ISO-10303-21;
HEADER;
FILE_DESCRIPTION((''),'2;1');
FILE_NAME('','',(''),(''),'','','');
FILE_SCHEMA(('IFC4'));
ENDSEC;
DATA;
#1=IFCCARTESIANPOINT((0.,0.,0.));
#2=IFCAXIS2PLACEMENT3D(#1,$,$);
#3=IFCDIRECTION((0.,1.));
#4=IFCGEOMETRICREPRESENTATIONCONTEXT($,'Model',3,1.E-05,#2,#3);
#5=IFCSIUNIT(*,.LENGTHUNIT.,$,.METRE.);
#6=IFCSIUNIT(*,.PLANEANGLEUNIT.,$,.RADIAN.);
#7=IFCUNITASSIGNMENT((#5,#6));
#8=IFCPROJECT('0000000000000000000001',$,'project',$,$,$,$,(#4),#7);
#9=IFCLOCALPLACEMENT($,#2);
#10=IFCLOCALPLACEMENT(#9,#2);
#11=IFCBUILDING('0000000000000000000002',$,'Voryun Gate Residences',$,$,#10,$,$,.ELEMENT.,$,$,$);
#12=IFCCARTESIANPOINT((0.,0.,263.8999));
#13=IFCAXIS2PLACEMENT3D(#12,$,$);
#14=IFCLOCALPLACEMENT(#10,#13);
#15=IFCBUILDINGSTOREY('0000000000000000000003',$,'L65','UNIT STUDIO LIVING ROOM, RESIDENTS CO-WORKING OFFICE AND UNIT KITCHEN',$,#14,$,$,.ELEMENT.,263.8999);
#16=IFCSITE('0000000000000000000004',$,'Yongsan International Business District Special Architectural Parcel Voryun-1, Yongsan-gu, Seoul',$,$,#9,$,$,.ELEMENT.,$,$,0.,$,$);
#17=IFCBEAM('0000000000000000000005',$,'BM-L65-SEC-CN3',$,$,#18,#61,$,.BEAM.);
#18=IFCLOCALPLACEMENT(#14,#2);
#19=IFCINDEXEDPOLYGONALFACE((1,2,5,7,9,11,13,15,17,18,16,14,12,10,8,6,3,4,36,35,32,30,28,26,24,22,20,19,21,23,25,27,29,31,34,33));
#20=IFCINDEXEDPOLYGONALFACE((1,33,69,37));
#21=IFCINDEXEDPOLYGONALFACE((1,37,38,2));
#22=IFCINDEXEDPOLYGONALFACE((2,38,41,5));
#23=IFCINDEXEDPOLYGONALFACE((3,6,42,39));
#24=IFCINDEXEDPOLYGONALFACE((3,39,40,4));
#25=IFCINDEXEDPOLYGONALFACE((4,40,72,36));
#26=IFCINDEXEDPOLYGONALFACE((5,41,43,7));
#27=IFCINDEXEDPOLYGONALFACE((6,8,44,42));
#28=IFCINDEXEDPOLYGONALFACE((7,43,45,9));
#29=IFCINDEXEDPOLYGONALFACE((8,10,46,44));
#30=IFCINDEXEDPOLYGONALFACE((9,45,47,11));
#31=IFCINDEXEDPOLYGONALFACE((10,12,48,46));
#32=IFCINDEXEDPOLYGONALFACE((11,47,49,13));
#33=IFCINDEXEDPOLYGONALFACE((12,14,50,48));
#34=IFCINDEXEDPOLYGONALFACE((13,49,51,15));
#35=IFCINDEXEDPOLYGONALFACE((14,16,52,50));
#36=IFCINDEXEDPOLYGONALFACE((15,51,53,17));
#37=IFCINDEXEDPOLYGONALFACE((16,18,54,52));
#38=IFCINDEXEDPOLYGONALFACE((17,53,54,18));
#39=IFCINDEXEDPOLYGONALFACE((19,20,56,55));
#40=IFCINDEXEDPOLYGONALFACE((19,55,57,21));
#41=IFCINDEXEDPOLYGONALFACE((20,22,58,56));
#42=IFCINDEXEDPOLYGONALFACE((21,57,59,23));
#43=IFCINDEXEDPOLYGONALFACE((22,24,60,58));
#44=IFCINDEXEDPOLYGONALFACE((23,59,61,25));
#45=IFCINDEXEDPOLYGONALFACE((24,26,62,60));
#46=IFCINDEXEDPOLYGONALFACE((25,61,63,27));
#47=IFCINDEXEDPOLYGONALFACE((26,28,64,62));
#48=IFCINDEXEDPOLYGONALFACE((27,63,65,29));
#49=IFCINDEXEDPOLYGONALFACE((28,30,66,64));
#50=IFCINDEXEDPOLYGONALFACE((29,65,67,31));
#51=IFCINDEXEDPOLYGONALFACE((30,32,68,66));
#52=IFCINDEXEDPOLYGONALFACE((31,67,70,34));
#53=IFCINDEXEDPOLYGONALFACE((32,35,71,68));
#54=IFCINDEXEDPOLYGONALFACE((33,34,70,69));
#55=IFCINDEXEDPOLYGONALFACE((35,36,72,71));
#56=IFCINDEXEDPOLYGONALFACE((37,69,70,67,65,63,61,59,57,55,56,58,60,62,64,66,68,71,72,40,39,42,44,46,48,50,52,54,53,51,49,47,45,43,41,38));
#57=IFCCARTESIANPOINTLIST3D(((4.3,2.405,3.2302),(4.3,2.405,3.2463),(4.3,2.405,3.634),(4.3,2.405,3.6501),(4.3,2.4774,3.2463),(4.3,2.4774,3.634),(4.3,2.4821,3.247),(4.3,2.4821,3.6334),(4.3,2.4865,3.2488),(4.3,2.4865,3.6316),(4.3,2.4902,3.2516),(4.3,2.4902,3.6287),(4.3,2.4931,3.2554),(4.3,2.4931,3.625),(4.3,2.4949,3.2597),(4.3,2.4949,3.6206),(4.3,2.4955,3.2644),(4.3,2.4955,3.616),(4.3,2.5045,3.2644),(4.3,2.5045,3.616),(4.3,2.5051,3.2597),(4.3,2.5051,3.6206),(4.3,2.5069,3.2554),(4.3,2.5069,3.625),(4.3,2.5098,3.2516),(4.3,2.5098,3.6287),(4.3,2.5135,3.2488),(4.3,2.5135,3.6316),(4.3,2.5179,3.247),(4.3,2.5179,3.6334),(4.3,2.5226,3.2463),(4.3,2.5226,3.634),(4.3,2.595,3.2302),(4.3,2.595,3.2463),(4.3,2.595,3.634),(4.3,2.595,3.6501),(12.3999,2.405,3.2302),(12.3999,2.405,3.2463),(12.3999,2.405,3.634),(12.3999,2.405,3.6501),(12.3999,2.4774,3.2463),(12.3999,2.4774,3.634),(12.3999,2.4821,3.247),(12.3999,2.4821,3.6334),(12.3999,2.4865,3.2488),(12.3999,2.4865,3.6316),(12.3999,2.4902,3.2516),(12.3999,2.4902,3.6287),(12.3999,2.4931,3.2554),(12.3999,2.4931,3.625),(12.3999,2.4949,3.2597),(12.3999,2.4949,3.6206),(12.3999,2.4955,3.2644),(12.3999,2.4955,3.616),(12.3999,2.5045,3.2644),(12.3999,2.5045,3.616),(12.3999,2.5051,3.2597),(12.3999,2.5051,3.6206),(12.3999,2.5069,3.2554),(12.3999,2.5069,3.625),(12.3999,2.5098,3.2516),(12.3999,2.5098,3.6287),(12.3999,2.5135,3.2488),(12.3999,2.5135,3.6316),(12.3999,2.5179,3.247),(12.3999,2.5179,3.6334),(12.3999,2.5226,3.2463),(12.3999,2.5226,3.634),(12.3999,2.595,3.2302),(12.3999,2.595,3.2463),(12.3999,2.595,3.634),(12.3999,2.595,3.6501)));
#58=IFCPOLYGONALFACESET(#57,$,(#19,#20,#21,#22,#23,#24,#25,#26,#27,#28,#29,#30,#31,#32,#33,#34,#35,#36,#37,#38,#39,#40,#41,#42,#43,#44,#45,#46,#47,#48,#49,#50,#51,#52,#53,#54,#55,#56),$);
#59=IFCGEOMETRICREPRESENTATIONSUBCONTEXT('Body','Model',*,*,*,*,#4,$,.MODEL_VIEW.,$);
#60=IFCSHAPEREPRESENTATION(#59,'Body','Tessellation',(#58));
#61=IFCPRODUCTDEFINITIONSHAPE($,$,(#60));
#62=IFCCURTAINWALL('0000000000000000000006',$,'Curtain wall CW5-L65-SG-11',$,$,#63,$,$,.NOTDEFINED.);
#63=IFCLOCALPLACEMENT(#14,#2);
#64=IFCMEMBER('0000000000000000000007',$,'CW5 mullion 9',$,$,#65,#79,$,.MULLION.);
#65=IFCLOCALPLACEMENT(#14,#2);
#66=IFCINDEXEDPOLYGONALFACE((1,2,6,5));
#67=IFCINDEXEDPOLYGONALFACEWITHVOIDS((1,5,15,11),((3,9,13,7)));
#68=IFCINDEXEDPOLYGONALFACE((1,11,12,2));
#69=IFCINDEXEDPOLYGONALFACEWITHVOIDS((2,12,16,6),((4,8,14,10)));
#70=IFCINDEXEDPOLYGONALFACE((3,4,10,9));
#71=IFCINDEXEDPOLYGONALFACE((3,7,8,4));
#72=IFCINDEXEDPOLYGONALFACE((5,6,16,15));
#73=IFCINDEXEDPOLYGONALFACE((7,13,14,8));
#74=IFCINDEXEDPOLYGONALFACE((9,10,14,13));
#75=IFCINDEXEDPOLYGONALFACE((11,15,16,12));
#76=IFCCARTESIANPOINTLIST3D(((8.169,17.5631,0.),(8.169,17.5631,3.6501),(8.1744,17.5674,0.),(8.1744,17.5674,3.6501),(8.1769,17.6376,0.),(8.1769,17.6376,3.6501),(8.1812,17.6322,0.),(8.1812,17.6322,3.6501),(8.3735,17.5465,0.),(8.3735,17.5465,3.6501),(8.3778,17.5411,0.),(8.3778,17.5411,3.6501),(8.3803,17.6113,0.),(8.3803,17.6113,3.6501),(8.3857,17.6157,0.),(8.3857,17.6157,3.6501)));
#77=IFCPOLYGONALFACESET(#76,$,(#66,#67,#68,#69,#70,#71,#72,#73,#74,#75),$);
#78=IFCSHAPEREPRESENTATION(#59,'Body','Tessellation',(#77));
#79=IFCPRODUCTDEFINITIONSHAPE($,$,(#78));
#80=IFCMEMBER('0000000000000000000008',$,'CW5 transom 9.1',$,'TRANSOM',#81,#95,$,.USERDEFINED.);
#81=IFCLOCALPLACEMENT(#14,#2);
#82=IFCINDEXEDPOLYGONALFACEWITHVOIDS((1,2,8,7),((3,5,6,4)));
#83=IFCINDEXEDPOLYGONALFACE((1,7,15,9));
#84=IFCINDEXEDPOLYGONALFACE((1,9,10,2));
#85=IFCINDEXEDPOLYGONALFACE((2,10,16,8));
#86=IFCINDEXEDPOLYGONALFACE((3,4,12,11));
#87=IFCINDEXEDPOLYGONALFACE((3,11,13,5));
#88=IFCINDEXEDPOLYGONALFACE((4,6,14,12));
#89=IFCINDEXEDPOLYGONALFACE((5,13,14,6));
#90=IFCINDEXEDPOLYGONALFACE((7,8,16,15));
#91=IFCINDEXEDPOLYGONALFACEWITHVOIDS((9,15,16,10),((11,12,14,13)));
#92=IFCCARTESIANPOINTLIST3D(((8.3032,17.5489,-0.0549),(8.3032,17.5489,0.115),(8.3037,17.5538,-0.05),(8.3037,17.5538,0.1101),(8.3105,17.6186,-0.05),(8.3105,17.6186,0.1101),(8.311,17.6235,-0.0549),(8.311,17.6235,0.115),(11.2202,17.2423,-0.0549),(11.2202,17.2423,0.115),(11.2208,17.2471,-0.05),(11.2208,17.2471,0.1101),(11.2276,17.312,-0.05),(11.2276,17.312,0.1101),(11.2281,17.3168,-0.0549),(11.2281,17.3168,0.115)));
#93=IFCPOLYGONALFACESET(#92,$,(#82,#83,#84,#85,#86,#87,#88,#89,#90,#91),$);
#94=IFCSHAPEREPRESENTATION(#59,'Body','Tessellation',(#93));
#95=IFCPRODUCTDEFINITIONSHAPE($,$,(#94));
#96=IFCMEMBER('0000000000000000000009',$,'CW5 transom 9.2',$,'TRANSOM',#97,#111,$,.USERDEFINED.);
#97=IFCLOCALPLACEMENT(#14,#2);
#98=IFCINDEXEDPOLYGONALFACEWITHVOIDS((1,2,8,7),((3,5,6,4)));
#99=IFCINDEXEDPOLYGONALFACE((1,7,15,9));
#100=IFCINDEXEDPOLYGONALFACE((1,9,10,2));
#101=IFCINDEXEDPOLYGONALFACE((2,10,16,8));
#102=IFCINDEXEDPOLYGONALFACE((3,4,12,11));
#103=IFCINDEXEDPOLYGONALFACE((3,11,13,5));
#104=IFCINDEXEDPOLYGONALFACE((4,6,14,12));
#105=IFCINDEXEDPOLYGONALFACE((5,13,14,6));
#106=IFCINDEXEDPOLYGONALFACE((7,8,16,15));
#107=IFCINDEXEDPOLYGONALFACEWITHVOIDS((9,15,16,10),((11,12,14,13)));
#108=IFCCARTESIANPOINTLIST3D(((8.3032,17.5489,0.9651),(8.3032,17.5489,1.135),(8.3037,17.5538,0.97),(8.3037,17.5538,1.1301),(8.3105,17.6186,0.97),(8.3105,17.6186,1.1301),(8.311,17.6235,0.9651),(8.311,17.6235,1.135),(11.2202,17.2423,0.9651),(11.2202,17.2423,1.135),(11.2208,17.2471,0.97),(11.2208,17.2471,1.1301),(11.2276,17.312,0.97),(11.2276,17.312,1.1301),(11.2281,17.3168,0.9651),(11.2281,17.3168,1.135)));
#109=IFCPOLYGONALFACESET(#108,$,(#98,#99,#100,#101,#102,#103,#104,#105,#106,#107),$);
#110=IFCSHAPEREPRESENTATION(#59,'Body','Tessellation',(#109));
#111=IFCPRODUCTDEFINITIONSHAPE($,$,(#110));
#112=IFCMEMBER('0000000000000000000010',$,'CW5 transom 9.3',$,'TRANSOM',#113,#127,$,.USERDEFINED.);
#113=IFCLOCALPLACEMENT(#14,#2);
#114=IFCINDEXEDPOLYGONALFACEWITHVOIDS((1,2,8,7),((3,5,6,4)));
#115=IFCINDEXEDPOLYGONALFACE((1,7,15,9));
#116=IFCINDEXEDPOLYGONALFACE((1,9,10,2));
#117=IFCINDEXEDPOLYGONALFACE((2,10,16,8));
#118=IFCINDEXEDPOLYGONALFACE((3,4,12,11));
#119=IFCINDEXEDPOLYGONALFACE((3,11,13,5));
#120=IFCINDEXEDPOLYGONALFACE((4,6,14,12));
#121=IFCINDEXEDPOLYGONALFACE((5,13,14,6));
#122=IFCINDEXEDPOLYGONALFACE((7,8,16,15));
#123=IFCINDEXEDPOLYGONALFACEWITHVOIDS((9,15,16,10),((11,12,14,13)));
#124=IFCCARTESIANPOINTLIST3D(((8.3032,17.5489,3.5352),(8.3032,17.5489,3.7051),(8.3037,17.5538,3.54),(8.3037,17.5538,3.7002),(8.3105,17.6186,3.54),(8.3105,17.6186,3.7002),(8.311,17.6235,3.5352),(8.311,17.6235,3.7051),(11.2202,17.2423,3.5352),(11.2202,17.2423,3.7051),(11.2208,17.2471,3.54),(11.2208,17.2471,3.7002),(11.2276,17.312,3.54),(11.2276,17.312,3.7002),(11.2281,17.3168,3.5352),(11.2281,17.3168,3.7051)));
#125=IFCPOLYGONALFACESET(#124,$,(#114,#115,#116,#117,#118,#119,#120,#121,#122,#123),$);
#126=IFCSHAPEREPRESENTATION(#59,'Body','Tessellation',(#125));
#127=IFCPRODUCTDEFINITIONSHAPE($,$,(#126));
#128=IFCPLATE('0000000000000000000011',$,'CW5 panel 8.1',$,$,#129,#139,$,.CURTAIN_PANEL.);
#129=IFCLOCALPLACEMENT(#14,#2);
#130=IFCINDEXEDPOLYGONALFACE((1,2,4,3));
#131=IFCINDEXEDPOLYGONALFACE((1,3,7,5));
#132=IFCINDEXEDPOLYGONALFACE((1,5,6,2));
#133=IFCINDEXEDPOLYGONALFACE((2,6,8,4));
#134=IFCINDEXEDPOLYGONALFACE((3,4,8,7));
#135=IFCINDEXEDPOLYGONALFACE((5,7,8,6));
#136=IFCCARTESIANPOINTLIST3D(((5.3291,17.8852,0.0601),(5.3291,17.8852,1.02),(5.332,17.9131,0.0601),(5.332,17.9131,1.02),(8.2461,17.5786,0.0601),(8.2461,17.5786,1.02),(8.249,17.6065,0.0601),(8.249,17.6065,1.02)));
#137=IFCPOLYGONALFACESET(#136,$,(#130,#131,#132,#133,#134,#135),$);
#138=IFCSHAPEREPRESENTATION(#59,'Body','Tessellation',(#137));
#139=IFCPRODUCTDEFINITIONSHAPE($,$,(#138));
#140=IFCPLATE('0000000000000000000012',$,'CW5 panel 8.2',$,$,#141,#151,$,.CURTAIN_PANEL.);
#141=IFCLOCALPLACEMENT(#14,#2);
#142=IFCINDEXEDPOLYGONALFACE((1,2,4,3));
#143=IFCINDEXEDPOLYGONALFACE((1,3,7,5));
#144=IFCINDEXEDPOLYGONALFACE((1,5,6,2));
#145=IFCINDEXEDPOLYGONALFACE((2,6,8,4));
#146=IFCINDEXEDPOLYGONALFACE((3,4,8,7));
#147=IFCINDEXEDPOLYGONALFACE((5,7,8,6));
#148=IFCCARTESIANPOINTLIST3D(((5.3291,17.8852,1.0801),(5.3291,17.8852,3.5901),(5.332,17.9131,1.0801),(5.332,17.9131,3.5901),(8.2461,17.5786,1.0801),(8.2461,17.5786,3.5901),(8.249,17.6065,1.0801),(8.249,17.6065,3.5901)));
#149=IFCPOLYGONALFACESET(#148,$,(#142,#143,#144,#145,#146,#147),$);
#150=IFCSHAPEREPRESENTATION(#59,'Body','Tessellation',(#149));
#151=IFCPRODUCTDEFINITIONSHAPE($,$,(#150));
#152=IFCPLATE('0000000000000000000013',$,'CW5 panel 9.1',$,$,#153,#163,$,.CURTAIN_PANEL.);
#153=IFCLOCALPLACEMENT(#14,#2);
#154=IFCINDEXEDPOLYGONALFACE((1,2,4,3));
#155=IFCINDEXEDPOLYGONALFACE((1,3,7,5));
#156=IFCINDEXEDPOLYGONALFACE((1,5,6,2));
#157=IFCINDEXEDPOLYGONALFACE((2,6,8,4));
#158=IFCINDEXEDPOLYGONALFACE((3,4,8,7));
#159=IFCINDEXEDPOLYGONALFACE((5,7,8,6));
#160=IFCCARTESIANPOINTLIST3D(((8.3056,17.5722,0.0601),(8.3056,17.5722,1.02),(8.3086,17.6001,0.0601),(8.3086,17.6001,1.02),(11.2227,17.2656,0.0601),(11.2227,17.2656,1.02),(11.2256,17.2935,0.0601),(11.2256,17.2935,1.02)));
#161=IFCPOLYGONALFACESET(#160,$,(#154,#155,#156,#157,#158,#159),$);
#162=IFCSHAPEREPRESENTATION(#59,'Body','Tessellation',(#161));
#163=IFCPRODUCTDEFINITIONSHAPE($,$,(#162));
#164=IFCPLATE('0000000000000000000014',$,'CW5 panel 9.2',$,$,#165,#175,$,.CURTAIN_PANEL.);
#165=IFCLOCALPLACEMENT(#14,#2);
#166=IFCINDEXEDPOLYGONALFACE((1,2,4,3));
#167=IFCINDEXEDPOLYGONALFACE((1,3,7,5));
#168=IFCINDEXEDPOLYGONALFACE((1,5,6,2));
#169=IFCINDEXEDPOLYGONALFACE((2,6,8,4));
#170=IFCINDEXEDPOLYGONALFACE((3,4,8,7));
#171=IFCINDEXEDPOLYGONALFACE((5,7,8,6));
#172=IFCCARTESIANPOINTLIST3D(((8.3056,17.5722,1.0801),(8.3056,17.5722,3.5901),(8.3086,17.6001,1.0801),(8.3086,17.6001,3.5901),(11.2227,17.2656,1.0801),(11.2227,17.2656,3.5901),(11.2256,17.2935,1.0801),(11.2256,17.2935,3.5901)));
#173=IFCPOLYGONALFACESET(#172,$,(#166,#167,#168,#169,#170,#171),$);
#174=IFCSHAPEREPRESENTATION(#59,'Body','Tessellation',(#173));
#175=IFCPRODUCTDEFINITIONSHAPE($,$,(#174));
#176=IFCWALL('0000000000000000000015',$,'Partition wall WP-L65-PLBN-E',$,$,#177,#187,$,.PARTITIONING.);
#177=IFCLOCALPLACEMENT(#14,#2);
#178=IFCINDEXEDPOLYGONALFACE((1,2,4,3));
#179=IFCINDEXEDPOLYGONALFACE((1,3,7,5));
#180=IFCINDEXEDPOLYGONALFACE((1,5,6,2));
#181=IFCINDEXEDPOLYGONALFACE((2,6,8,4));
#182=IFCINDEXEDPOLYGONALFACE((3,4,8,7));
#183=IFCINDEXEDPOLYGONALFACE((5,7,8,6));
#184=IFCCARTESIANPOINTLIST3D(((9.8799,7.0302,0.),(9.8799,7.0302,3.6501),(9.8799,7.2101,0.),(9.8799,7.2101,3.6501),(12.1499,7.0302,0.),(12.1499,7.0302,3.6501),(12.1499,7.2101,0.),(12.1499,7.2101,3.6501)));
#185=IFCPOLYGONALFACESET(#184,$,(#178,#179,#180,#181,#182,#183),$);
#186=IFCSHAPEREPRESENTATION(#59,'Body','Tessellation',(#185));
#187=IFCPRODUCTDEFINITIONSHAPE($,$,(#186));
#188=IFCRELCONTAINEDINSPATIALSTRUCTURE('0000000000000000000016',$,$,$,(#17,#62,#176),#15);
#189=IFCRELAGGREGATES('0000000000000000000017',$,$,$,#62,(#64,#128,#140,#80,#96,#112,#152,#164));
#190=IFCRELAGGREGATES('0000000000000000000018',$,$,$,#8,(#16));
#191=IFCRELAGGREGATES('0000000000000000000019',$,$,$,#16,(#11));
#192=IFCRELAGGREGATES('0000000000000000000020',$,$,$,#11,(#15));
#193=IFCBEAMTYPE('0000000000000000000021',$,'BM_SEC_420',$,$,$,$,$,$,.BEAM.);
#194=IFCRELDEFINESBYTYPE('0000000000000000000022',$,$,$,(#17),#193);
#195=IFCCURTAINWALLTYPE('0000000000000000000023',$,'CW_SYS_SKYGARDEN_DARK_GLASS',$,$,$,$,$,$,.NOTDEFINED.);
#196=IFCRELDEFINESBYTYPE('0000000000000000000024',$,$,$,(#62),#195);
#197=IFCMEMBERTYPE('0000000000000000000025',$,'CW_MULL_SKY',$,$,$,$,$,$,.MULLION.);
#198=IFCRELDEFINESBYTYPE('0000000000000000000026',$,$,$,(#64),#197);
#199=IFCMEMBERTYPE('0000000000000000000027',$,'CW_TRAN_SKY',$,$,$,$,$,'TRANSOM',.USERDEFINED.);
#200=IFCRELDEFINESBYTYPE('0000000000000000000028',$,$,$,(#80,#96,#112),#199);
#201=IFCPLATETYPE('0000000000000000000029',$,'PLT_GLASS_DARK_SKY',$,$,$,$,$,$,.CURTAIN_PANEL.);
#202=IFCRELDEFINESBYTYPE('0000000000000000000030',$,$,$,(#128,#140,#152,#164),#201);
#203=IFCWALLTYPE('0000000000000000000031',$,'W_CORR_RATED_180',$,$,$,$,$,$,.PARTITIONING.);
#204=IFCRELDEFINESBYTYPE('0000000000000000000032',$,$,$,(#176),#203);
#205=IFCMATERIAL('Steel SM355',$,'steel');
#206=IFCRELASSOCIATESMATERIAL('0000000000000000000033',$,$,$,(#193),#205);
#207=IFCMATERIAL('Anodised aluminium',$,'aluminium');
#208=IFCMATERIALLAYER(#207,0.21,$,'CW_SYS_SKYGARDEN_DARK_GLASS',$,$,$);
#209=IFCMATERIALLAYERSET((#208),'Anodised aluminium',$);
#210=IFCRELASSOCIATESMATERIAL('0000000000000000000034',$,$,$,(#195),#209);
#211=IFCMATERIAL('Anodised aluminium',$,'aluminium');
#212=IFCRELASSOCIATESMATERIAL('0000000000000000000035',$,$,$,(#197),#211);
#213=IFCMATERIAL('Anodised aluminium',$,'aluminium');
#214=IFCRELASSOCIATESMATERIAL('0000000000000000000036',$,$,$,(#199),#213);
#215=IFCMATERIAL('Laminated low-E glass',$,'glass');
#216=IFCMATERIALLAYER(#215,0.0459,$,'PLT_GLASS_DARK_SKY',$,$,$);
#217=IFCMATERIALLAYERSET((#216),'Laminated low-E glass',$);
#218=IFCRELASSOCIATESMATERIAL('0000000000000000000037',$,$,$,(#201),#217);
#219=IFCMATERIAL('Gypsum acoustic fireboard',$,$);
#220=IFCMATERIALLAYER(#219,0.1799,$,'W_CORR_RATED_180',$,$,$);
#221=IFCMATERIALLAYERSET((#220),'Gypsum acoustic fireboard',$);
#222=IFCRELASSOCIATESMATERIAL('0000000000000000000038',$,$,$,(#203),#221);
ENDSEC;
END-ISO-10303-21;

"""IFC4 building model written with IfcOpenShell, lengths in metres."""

from ifc_helpers import new_model, si_unit, direction, frame, frame_2d, origin, origin_2d, place, context, subcontext, project, spatial, rectangle, hollow_rectangle, i_section, extrude, material, layer, layer_set, material_profile, profile_set, type_object, element, aggregate, save


model = new_model("IFC4")

# Units and contexts
model_context = context("Model", 3, precision=1e-05, world=origin(), true_north=direction((0.0, 1.0)))
body_context = subcontext(model_context, "Body", "Model", "MODEL_VIEW")
ifc_project = project(units=[si_unit("LENGTHUNIT", "METRE"), si_unit("PLANEANGLEUNIT", "RADIAN")], contexts=[model_context])

# Site, building, storey
site_placement = place(None, origin())
site = spatial("IfcSite", under=ifc_project, at=site_placement, Name="Yongsan International Business District Special Architectural Parcel Voryun-1, Yongsan-gu, Seoul", CompositionType="ELEMENT", RefElevation=0.0)
building_placement = place(site_placement, origin())
building = spatial("IfcBuilding", under=site, at=building_placement, Name="Voryun Gate Residences", CompositionType="ELEMENT")
storey_placement = place(building_placement, frame((0.0, 0.0, 263.8999)))
storey = spatial("IfcBuildingStorey", under=building, at=storey_placement, Name="L65", Description="UNIT STUDIO LIVING ROOM, RESIDENTS CO-WORKING OFFICE AND UNIT KITCHEN", CompositionType="ELEMENT", Elevation=263.8999)

# Beam
ifc_material_1 = material(Name="Steel SM355", Category="steel")
ifc_material_profile_1 = material_profile(ifc_material_1, i_section(OverallWidth=0.1899, OverallDepth=0.4199, WebThickness=0.009, FlangeThickness=0.0161, FilletRadius=0.0181, at=origin_2d()), Name="H-420x190x9x16")
ifc_profile_set_1 = profile_set([ifc_material_profile_1], Name="Steel SM355")
beam_type_1 = type_object("IfcBeamType", Name="BM_SEC_420", PredefinedType="BEAM", material=ifc_profile_set_1)
beam_1_placement = place(storey_placement, frame((4.3, 2.5, 3.4402), z_axis=(1.0, 0.0, 0.0), x_axis=(0.0, 1.0, 0.0)))
element("IfcBeam", 1, at=beam_1_placement, inside=storey, type_object=beam_type_1, Name="BM-L65-SEC-CN3", PredefinedType="BEAM", context=body_context, shape_type="SweptSolid", body=[
    extrude(i_section(OverallWidth=0.1899, OverallDepth=0.4199, WebThickness=0.009, FlangeThickness=0.0161, FilletRadius=0.0181, at=origin_2d()), origin(), (0.0, 0.0, 1.0), 8.0999),
])

# Curtain wall, members, plates
ifc_material_2 = material(Name="Anodised aluminium", Category="aluminium")
ifc_layer_1 = layer(ifc_material_2, 0.21, Name="CW_SYS_SKYGARDEN_DARK_GLASS")
ifc_layer_set_1 = layer_set([ifc_layer_1], Name="Anodised aluminium")
curtain_wall_type = type_object("IfcCurtainWallType", Name="CW_SYS_SKYGARDEN_DARK_GLASS", PredefinedType="NOTDEFINED", material=ifc_layer_set_1)
curtain_wall_placement = place(storey_placement, origin())
curtain_wall = element("IfcCurtainWall", 2, at=curtain_wall_placement, inside=storey, type_object=curtain_wall_type, Name="Curtain wall CW5-L65-SG-11", PredefinedType="NOTDEFINED")
ifc_material_3 = material(Name="Anodised aluminium", Category="aluminium")
ifc_material_profile_2 = material_profile(ifc_material_3, hollow_rectangle(XDim=0.075, YDim=0.21, WallThickness=0.0049, at=origin_2d()), Name="ALU-MULL-210x75x5")
ifc_profile_set_2 = profile_set([ifc_material_profile_2], Name="Anodised aluminium")
member_type_1 = type_object("IfcMemberType", Name="CW_MULL_SKY", PredefinedType="MULLION", material=ifc_profile_set_2)
member_1_placement = place(storey_placement, frame((8.2773, 17.5894, 0.0), z_axis=(0.0, 0.0, 1.0), x_axis=(0.104532, 0.994521, 0.0)))
member_1 = element("IfcMember", 3, at=member_1_placement, type_object=member_type_1, Name="CW5 mullion 9", PredefinedType="MULLION", context=body_context, shape_type="SweptSolid", body=[
    extrude(hollow_rectangle(XDim=0.075, YDim=0.21, WallThickness=0.0049, at=origin_2d()), origin(), (0.0, 0.0, 1.0), 3.6501),
])
ifc_material_4 = material(Name="Anodised aluminium", Category="aluminium")
ifc_material_profile_3 = material_profile(ifc_material_4, hollow_rectangle(XDim=0.075, YDim=0.1699, WallThickness=0.0049, at=origin_2d()), Name="ALU-TRAN-170x75x5")
ifc_profile_set_3 = profile_set([ifc_material_profile_3], Name="Anodised aluminium")
member_type_2 = type_object("IfcMemberType", Name="CW_TRAN_SKY", ElementType="TRANSOM", PredefinedType="USERDEFINED", material=ifc_profile_set_3)
member_2_placement = place(storey_placement, frame((8.3071, 17.5862, 0.03), z_axis=(0.99452, -0.104546, 0.0), x_axis=(0.104546, 0.99452, 0.0)))
member_2 = element("IfcMember", 4, at=member_2_placement, type_object=member_type_2, Name="CW5 transom 9.1", ObjectType="TRANSOM", PredefinedType="USERDEFINED", context=body_context, shape_type="SweptSolid", body=[
    extrude(hollow_rectangle(XDim=0.075, YDim=0.1699, WallThickness=0.0049, at=origin_2d()), origin(), (0.0, 0.0, 1.0), 2.9331),
])
member_3_placement = place(storey_placement, frame((8.3071, 17.5862, 1.05), z_axis=(0.99452, -0.104546, 0.0), x_axis=(0.104546, 0.99452, 0.0)))
member_3 = element("IfcMember", 5, at=member_3_placement, type_object=member_type_2, Name="CW5 transom 9.2", ObjectType="TRANSOM", PredefinedType="USERDEFINED", context=body_context, shape_type="SweptSolid", body=[
    extrude(hollow_rectangle(XDim=0.075, YDim=0.1699, WallThickness=0.0049, at=origin_2d()), origin(), (0.0, 0.0, 1.0), 2.9331),
])
member_4_placement = place(storey_placement, frame((8.3071, 17.5862, 3.6201), z_axis=(0.99452, -0.104546, 0.0), x_axis=(0.104546, 0.99452, 0.0)))
member_4 = element("IfcMember", 6, at=member_4_placement, type_object=member_type_2, Name="CW5 transom 9.3", ObjectType="TRANSOM", PredefinedType="USERDEFINED", context=body_context, shape_type="SweptSolid", body=[
    extrude(hollow_rectangle(XDim=0.075, YDim=0.1699, WallThickness=0.0049, at=origin_2d()), origin(), (0.0, 0.0, 1.0), 2.9331),
])
ifc_material_5 = material(Name="Laminated low-E glass", Category="glass")
ifc_layer_2 = layer(ifc_material_5, 0.0459, Name="PLT_GLASS_DARK_SKY")
ifc_layer_set_2 = layer_set([ifc_layer_2], Name="Laminated low-E glass")
plate_type = type_object("IfcPlateType", Name="PLT_GLASS_DARK_SKY", PredefinedType="CURTAIN_PANEL", material=ifc_layer_set_2)
plate_1_placement = place(storey_placement, frame((6.7891, 17.7458, 0.0601), z_axis=(0.0, 0.0, 1.0), x_axis=(0.994521, -0.104532, 0.0)))
plate_1 = element("IfcPlate", 7, at=plate_1_placement, type_object=plate_type, Name="CW5 panel 8.1", PredefinedType="CURTAIN_PANEL", context=body_context, shape_type="SweptSolid", body=[
    extrude(rectangle(XDim=2.9331, YDim=0.0281, at=origin_2d()), origin(), (0.0, 0.0, 1.0), 0.96),
])
plate_2_placement = place(storey_placement, frame((6.7891, 17.7458, 1.0801), z_axis=(0.0, 0.0, 1.0), x_axis=(0.994521, -0.104532, 0.0)))
plate_2 = element("IfcPlate", 8, at=plate_2_placement, type_object=plate_type, Name="CW5 panel 8.2", PredefinedType="CURTAIN_PANEL", context=body_context, shape_type="SweptSolid", body=[
    extrude(rectangle(XDim=2.9331, YDim=0.0281, at=origin_2d()), origin(), (0.0, 0.0, 1.0), 2.51),
])
plate_3_placement = place(storey_placement, frame((9.7656, 17.4329, 0.0601), z_axis=(0.0, 0.0, 1.0), x_axis=(0.994521, -0.104532, 0.0)))
plate_3 = element("IfcPlate", 9, at=plate_3_placement, type_object=plate_type, Name="CW5 panel 9.1", PredefinedType="CURTAIN_PANEL", context=body_context, shape_type="SweptSolid", body=[
    extrude(rectangle(XDim=2.9331, YDim=0.0281, at=origin_2d()), origin(), (0.0, 0.0, 1.0), 0.96),
])
plate_4_placement = place(storey_placement, frame((9.7656, 17.4329, 1.0801), z_axis=(0.0, 0.0, 1.0), x_axis=(0.994521, -0.104532, 0.0)))
plate_4 = element("IfcPlate", 10, at=plate_4_placement, type_object=plate_type, Name="CW5 panel 9.2", PredefinedType="CURTAIN_PANEL", context=body_context, shape_type="SweptSolid", body=[
    extrude(rectangle(XDim=2.9331, YDim=0.0281, at=origin_2d()), origin(), (0.0, 0.0, 1.0), 2.51),
])
aggregate(curtain_wall, [member_1, plate_1, plate_2, member_2, member_3, member_4, plate_3, plate_4])

# Wall
ifc_material_6 = material(Name="Gypsum acoustic fireboard")
ifc_layer_3 = layer(ifc_material_6, 0.1799, Name="W_CORR_RATED_180")
ifc_layer_set_3 = layer_set([ifc_layer_3], Name="Gypsum acoustic fireboard")
wall_type_1 = type_object("IfcWallType", Name="W_CORR_RATED_180", PredefinedType="PARTITIONING", material=ifc_layer_set_3)
wall_1_placement = place(storey_placement, frame((9.8799, 7.1201, 0.0), z_axis=(0.0, 0.0, 1.0), x_axis=(1.0, 0.0, 0.0)))
element("IfcWall", 11, at=wall_1_placement, inside=storey, type_object=wall_type_1, Name="Partition wall WP-L65-PLBN-E", PredefinedType="PARTITIONING", context=body_context, shape_type="SweptSolid", body=[
    extrude(rectangle(XDim=2.27, YDim=0.1799, at=frame_2d((1.135, 0.0))), origin(), (0.0, 0.0, 1.0), 3.6501),
])

save(model, "model.ifc")
